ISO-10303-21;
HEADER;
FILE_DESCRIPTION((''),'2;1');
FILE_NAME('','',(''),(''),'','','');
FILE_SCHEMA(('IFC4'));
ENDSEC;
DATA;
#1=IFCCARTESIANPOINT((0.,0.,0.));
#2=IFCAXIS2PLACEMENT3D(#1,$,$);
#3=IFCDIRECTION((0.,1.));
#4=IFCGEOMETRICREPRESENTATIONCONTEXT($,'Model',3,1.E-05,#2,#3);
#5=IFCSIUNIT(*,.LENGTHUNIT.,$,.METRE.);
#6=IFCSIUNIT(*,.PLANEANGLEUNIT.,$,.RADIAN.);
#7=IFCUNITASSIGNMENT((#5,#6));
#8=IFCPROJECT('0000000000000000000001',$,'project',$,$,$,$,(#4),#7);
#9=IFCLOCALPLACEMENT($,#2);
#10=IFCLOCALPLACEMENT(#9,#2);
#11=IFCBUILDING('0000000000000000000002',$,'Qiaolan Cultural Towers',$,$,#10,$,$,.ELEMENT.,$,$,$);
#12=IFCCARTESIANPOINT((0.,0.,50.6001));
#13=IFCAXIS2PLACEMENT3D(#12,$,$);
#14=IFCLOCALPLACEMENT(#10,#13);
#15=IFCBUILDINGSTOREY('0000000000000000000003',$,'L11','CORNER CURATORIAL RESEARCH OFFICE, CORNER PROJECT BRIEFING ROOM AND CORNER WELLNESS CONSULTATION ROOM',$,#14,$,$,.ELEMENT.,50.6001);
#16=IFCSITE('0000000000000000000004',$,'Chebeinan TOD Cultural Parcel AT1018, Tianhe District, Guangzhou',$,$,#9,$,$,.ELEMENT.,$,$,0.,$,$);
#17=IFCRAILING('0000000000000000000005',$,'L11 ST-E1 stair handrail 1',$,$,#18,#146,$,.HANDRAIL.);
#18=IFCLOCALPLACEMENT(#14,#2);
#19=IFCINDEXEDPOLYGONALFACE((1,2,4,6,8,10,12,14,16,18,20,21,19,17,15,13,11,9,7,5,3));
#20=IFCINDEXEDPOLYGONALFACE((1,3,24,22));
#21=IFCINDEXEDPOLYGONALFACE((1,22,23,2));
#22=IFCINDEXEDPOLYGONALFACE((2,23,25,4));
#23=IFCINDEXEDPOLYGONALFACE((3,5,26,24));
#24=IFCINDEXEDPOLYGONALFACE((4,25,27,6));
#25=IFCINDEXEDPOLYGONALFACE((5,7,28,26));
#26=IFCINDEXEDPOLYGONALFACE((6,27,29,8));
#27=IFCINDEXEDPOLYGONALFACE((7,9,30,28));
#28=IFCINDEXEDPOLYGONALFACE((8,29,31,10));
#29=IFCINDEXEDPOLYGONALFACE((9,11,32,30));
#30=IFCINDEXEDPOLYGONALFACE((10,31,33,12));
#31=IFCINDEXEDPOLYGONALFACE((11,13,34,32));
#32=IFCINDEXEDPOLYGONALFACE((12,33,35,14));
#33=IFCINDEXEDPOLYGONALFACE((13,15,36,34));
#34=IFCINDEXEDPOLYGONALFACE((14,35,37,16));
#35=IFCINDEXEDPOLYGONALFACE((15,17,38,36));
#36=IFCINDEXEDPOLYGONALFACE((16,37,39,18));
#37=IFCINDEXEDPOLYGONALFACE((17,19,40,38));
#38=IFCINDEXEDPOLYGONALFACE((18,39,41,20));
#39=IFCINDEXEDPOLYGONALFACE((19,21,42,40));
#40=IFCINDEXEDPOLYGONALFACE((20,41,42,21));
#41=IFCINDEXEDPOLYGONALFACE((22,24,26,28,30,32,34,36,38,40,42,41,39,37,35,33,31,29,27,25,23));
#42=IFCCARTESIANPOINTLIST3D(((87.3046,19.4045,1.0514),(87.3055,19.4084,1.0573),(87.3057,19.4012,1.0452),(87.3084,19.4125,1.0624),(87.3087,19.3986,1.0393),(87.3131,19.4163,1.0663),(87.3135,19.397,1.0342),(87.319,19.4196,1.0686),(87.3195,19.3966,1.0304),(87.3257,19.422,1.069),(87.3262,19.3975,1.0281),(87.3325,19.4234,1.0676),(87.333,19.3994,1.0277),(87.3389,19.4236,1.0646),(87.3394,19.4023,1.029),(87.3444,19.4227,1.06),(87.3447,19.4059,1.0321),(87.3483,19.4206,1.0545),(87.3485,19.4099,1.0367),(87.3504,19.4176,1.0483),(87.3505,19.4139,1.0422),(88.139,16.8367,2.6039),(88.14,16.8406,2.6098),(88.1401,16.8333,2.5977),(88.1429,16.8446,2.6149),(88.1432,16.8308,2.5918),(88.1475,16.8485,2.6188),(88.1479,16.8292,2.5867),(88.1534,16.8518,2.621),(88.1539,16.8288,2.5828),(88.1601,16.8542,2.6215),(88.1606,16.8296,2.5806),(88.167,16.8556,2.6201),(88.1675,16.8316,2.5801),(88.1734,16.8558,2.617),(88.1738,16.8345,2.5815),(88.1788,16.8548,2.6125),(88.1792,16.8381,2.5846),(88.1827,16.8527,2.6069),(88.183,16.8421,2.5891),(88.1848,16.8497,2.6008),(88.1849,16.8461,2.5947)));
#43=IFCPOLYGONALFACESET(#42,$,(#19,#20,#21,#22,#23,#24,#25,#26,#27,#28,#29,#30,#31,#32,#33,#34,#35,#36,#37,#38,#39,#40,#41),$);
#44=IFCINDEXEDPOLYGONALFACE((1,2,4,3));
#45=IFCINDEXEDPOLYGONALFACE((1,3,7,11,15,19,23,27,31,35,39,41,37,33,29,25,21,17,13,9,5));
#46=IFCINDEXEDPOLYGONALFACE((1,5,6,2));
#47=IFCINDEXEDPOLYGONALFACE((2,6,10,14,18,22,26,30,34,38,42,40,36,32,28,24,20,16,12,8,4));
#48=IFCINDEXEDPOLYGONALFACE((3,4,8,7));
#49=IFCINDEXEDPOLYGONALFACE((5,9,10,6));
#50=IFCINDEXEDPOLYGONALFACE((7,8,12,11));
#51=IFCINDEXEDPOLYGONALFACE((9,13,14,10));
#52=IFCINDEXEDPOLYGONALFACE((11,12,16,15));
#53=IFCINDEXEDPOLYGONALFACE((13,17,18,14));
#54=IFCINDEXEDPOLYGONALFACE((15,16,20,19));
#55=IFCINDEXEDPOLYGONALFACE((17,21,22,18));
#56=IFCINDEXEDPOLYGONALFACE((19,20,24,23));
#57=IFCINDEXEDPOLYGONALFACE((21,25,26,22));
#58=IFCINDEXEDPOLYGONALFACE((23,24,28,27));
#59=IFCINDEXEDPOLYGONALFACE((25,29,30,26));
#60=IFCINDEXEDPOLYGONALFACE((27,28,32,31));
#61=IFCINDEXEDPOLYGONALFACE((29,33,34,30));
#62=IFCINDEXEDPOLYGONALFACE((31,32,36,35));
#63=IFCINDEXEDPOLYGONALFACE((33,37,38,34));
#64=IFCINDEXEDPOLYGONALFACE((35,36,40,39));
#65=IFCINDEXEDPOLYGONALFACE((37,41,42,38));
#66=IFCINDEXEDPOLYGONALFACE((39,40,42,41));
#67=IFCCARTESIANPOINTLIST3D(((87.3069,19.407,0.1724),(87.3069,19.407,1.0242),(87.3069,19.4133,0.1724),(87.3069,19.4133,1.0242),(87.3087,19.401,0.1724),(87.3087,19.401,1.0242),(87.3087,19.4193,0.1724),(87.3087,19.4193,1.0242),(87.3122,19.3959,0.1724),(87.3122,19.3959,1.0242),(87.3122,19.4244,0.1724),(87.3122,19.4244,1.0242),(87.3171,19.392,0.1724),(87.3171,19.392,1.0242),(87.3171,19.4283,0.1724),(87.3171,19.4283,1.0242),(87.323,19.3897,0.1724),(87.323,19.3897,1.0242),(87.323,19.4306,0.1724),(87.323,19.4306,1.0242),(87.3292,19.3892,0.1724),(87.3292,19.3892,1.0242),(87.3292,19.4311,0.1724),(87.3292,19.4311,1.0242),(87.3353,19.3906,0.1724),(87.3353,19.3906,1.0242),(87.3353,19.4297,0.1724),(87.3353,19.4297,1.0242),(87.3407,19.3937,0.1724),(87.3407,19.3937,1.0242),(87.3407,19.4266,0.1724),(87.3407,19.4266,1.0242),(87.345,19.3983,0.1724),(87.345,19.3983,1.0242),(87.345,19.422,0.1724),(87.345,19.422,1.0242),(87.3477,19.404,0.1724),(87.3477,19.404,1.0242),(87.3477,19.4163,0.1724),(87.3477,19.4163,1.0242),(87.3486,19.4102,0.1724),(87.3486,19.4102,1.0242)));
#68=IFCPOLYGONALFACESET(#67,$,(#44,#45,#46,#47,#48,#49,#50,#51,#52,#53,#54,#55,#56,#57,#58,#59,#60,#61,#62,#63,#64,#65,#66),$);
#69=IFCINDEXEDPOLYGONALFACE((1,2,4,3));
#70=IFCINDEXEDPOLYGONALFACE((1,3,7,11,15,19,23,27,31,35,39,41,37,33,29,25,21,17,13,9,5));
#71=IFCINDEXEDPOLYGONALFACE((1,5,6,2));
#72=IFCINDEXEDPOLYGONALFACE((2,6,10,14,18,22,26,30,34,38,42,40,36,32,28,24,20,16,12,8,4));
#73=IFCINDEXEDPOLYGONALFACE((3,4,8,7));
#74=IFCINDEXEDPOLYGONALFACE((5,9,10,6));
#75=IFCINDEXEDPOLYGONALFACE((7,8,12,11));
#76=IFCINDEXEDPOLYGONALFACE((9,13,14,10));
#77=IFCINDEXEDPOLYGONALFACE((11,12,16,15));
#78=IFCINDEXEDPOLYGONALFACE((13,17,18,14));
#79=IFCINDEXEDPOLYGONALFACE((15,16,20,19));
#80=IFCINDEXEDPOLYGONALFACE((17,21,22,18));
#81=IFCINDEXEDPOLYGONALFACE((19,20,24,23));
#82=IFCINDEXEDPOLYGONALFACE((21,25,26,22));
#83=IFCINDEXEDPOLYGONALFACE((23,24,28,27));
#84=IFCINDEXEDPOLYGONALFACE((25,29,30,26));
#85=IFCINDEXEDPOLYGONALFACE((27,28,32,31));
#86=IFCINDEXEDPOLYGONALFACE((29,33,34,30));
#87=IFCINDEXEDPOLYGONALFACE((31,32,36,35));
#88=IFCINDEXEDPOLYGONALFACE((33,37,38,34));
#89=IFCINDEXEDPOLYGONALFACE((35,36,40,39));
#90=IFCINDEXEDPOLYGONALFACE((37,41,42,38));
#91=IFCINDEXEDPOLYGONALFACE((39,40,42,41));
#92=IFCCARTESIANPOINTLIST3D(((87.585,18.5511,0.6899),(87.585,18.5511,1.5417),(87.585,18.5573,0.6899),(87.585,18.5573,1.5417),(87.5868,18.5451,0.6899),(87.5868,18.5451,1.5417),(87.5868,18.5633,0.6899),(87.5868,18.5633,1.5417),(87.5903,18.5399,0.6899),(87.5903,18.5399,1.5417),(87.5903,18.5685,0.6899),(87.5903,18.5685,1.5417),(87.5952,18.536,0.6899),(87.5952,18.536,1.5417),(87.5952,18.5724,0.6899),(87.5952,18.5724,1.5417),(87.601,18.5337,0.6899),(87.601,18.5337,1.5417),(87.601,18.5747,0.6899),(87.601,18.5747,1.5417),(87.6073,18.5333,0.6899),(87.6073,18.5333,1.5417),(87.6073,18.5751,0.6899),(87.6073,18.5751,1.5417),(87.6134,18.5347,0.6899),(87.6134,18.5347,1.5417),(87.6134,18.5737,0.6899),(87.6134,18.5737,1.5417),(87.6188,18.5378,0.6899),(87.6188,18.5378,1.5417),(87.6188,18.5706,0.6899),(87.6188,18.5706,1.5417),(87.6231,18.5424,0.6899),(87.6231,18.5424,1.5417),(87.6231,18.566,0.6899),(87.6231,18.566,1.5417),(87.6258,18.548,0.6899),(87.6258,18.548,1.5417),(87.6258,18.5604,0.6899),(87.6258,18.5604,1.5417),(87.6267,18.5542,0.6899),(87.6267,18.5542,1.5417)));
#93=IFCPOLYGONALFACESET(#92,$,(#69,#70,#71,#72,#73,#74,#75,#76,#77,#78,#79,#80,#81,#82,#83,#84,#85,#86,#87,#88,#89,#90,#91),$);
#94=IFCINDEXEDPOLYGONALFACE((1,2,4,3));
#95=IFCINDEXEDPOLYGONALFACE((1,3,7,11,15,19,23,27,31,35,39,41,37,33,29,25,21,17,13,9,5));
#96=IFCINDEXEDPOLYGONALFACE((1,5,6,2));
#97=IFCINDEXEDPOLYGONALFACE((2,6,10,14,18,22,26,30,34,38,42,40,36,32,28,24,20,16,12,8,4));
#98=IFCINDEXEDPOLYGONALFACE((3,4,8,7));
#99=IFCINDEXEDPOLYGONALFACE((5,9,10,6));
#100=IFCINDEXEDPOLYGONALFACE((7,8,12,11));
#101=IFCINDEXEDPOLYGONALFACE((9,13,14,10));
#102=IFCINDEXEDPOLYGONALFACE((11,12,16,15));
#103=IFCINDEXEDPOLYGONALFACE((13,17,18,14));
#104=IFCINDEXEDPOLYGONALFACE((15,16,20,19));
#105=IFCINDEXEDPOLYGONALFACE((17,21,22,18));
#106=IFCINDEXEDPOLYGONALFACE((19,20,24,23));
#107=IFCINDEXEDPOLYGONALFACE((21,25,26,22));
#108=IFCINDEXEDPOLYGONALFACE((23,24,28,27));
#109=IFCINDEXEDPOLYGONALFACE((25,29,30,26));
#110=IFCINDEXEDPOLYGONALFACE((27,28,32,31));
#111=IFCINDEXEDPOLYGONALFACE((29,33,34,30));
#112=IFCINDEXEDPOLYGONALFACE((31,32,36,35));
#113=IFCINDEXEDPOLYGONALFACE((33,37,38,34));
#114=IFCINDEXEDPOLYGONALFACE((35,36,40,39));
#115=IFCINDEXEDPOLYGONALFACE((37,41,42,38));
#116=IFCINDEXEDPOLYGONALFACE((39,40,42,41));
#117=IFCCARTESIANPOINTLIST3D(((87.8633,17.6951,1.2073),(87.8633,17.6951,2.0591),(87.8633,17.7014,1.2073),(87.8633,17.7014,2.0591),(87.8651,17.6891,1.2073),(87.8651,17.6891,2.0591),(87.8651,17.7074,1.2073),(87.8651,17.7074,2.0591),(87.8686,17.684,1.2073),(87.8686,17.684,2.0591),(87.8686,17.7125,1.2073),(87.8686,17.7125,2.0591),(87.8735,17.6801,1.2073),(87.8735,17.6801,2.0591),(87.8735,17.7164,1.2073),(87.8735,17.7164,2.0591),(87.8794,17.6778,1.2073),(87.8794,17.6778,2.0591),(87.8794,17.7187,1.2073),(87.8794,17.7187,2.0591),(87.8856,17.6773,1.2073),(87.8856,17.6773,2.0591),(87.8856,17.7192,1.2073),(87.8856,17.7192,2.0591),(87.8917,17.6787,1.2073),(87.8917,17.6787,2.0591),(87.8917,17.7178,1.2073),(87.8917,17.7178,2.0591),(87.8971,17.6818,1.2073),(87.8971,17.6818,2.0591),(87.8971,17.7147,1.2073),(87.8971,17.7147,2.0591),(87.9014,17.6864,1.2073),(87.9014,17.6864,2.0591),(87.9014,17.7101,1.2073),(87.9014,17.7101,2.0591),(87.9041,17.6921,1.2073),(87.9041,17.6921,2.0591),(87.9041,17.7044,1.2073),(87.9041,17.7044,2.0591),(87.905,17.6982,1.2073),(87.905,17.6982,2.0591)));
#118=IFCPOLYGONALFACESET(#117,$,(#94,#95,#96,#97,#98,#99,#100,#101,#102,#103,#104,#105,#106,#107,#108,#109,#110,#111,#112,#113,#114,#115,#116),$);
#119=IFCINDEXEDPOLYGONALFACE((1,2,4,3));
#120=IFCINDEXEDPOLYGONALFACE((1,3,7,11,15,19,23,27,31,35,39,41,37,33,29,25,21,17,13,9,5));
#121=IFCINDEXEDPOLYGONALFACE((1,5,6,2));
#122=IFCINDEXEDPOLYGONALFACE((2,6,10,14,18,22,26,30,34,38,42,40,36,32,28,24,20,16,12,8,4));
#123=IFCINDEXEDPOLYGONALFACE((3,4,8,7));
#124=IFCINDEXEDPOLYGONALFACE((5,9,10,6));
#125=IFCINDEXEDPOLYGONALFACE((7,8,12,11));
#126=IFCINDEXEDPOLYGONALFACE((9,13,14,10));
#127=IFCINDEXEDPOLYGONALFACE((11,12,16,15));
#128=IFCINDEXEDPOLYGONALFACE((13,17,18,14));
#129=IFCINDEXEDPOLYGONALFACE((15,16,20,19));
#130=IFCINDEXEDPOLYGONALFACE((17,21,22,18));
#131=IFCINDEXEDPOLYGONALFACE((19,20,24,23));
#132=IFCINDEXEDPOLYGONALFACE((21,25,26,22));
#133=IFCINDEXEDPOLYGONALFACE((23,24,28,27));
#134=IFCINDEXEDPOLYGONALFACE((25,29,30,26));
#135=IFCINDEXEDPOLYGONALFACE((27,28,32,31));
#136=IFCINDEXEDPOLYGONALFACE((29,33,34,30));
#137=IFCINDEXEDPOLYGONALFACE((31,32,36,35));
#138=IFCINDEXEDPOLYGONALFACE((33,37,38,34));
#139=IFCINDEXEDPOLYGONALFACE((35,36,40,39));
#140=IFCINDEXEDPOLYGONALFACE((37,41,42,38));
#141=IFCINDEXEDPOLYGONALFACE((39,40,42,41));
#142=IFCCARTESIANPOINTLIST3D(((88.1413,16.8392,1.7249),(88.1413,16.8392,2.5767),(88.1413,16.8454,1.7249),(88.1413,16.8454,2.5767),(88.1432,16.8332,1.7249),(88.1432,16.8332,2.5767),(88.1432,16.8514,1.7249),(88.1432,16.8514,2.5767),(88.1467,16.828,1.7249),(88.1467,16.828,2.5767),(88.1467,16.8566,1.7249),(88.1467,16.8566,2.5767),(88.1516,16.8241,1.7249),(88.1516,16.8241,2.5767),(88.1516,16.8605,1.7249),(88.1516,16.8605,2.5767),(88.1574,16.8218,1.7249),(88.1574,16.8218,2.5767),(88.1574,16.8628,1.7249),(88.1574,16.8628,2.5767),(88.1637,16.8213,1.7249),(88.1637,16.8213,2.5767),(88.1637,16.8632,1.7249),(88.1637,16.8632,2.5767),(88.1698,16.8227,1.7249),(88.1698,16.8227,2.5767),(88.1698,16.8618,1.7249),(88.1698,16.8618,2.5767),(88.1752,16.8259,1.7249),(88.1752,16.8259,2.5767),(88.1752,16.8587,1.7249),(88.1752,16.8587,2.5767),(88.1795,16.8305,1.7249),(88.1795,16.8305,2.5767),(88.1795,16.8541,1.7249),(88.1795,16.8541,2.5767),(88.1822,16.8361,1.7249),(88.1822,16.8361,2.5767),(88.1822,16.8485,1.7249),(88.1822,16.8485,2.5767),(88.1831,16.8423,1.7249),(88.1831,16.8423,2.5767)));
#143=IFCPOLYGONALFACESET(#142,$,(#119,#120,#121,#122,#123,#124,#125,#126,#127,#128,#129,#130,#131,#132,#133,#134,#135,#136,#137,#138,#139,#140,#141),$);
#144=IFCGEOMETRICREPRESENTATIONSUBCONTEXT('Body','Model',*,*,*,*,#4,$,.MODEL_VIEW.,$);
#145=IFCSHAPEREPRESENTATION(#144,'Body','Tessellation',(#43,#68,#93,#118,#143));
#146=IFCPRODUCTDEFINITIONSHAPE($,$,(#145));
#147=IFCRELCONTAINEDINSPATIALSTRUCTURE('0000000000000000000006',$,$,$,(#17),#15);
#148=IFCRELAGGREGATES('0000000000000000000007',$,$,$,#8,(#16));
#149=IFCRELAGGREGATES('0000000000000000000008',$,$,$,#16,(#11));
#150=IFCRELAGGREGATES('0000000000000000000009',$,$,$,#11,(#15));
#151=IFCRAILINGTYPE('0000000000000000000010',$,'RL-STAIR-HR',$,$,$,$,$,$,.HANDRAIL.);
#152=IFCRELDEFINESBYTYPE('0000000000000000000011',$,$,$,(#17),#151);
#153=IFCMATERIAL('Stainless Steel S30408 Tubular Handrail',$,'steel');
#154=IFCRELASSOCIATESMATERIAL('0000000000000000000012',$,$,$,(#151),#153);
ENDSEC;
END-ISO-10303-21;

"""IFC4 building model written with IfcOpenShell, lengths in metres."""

from ifc_helpers import new_model, si_unit, direction, frame, origin, origin_2d, place, context, subcontext, project, spatial, circle, extrude, material, type_object, element, save


model = new_model("IFC4")

# Units and contexts
model_context = context("Model", 3, precision=1e-05, world=origin(), true_north=direction((0.0, 1.0)))
body_context = subcontext(model_context, "Body", "Model", "MODEL_VIEW")
ifc_project = project(units=[si_unit("LENGTHUNIT", "METRE"), si_unit("PLANEANGLEUNIT", "RADIAN")], contexts=[model_context])

# Site, building, storey
site_placement = place(None, origin())
site = spatial("IfcSite", under=ifc_project, at=site_placement, Name="Chebeinan TOD Cultural Parcel AT1018, Tianhe District, Guangzhou", CompositionType="ELEMENT", RefElevation=0.0)
building_placement = place(site_placement, origin())
building = spatial("IfcBuilding", under=site, at=building_placement, Name="Qiaolan Cultural Towers", CompositionType="ELEMENT")
storey_placement = place(building_placement, frame((0.0, 0.0, 50.6001)))
storey = spatial("IfcBuildingStorey", under=building, at=storey_placement, Name="L11", Description="CORNER CURATORIAL RESEARCH OFFICE, CORNER PROJECT BRIEFING ROOM AND CORNER WELLNESS CONSULTATION ROOM", CompositionType="ELEMENT", Elevation=50.6001)

# Railing
ifc_material_1 = material(Name="Stainless Steel S30408 Tubular Handrail", Category="steel")
railing_type_1 = type_object("IfcRailingType", Name="RL-STAIR-HR", PredefinedType="HANDRAIL", material=ifc_material_1)
railing_1_placement = place(storey_placement, frame((87.3276, 19.4102, 0.1724)))
element("IfcRailing", 1, at=railing_1_placement, inside=storey, type_object=railing_type_1, Name="L11 ST-E1 stair handrail 1", PredefinedType="HANDRAIL", context=body_context, shape_type="SweptSolid", body=[
    extrude(circle(Radius=0.0239, at=origin_2d()), frame((0.0, 0.0, 0.876), z_axis=(0.267926, -0.824471, 0.498461), x_axis=(0.951043, 0.309057, 0.0)), (0.0, 0.0, 1.0), 3.1145),
    extrude(circle(Radius=0.021, at=origin_2d()), origin(), (0.0, 0.0, 1.0), 0.8518),
    extrude(circle(Radius=0.021, at=origin_2d()), frame((0.2781, -0.856, 0.5176)), (0.0, 0.0, 1.0), 0.8518),
    extrude(circle(Radius=0.021, at=origin_2d()), frame((0.5564, -1.7119, 1.0349)), (0.0, 0.0, 1.0), 0.8518),
    extrude(circle(Radius=0.021, at=origin_2d()), frame((0.8345, -2.5679, 1.5525)), (0.0, 0.0, 1.0), 0.8518),
])

save(model, "model.ifc")
